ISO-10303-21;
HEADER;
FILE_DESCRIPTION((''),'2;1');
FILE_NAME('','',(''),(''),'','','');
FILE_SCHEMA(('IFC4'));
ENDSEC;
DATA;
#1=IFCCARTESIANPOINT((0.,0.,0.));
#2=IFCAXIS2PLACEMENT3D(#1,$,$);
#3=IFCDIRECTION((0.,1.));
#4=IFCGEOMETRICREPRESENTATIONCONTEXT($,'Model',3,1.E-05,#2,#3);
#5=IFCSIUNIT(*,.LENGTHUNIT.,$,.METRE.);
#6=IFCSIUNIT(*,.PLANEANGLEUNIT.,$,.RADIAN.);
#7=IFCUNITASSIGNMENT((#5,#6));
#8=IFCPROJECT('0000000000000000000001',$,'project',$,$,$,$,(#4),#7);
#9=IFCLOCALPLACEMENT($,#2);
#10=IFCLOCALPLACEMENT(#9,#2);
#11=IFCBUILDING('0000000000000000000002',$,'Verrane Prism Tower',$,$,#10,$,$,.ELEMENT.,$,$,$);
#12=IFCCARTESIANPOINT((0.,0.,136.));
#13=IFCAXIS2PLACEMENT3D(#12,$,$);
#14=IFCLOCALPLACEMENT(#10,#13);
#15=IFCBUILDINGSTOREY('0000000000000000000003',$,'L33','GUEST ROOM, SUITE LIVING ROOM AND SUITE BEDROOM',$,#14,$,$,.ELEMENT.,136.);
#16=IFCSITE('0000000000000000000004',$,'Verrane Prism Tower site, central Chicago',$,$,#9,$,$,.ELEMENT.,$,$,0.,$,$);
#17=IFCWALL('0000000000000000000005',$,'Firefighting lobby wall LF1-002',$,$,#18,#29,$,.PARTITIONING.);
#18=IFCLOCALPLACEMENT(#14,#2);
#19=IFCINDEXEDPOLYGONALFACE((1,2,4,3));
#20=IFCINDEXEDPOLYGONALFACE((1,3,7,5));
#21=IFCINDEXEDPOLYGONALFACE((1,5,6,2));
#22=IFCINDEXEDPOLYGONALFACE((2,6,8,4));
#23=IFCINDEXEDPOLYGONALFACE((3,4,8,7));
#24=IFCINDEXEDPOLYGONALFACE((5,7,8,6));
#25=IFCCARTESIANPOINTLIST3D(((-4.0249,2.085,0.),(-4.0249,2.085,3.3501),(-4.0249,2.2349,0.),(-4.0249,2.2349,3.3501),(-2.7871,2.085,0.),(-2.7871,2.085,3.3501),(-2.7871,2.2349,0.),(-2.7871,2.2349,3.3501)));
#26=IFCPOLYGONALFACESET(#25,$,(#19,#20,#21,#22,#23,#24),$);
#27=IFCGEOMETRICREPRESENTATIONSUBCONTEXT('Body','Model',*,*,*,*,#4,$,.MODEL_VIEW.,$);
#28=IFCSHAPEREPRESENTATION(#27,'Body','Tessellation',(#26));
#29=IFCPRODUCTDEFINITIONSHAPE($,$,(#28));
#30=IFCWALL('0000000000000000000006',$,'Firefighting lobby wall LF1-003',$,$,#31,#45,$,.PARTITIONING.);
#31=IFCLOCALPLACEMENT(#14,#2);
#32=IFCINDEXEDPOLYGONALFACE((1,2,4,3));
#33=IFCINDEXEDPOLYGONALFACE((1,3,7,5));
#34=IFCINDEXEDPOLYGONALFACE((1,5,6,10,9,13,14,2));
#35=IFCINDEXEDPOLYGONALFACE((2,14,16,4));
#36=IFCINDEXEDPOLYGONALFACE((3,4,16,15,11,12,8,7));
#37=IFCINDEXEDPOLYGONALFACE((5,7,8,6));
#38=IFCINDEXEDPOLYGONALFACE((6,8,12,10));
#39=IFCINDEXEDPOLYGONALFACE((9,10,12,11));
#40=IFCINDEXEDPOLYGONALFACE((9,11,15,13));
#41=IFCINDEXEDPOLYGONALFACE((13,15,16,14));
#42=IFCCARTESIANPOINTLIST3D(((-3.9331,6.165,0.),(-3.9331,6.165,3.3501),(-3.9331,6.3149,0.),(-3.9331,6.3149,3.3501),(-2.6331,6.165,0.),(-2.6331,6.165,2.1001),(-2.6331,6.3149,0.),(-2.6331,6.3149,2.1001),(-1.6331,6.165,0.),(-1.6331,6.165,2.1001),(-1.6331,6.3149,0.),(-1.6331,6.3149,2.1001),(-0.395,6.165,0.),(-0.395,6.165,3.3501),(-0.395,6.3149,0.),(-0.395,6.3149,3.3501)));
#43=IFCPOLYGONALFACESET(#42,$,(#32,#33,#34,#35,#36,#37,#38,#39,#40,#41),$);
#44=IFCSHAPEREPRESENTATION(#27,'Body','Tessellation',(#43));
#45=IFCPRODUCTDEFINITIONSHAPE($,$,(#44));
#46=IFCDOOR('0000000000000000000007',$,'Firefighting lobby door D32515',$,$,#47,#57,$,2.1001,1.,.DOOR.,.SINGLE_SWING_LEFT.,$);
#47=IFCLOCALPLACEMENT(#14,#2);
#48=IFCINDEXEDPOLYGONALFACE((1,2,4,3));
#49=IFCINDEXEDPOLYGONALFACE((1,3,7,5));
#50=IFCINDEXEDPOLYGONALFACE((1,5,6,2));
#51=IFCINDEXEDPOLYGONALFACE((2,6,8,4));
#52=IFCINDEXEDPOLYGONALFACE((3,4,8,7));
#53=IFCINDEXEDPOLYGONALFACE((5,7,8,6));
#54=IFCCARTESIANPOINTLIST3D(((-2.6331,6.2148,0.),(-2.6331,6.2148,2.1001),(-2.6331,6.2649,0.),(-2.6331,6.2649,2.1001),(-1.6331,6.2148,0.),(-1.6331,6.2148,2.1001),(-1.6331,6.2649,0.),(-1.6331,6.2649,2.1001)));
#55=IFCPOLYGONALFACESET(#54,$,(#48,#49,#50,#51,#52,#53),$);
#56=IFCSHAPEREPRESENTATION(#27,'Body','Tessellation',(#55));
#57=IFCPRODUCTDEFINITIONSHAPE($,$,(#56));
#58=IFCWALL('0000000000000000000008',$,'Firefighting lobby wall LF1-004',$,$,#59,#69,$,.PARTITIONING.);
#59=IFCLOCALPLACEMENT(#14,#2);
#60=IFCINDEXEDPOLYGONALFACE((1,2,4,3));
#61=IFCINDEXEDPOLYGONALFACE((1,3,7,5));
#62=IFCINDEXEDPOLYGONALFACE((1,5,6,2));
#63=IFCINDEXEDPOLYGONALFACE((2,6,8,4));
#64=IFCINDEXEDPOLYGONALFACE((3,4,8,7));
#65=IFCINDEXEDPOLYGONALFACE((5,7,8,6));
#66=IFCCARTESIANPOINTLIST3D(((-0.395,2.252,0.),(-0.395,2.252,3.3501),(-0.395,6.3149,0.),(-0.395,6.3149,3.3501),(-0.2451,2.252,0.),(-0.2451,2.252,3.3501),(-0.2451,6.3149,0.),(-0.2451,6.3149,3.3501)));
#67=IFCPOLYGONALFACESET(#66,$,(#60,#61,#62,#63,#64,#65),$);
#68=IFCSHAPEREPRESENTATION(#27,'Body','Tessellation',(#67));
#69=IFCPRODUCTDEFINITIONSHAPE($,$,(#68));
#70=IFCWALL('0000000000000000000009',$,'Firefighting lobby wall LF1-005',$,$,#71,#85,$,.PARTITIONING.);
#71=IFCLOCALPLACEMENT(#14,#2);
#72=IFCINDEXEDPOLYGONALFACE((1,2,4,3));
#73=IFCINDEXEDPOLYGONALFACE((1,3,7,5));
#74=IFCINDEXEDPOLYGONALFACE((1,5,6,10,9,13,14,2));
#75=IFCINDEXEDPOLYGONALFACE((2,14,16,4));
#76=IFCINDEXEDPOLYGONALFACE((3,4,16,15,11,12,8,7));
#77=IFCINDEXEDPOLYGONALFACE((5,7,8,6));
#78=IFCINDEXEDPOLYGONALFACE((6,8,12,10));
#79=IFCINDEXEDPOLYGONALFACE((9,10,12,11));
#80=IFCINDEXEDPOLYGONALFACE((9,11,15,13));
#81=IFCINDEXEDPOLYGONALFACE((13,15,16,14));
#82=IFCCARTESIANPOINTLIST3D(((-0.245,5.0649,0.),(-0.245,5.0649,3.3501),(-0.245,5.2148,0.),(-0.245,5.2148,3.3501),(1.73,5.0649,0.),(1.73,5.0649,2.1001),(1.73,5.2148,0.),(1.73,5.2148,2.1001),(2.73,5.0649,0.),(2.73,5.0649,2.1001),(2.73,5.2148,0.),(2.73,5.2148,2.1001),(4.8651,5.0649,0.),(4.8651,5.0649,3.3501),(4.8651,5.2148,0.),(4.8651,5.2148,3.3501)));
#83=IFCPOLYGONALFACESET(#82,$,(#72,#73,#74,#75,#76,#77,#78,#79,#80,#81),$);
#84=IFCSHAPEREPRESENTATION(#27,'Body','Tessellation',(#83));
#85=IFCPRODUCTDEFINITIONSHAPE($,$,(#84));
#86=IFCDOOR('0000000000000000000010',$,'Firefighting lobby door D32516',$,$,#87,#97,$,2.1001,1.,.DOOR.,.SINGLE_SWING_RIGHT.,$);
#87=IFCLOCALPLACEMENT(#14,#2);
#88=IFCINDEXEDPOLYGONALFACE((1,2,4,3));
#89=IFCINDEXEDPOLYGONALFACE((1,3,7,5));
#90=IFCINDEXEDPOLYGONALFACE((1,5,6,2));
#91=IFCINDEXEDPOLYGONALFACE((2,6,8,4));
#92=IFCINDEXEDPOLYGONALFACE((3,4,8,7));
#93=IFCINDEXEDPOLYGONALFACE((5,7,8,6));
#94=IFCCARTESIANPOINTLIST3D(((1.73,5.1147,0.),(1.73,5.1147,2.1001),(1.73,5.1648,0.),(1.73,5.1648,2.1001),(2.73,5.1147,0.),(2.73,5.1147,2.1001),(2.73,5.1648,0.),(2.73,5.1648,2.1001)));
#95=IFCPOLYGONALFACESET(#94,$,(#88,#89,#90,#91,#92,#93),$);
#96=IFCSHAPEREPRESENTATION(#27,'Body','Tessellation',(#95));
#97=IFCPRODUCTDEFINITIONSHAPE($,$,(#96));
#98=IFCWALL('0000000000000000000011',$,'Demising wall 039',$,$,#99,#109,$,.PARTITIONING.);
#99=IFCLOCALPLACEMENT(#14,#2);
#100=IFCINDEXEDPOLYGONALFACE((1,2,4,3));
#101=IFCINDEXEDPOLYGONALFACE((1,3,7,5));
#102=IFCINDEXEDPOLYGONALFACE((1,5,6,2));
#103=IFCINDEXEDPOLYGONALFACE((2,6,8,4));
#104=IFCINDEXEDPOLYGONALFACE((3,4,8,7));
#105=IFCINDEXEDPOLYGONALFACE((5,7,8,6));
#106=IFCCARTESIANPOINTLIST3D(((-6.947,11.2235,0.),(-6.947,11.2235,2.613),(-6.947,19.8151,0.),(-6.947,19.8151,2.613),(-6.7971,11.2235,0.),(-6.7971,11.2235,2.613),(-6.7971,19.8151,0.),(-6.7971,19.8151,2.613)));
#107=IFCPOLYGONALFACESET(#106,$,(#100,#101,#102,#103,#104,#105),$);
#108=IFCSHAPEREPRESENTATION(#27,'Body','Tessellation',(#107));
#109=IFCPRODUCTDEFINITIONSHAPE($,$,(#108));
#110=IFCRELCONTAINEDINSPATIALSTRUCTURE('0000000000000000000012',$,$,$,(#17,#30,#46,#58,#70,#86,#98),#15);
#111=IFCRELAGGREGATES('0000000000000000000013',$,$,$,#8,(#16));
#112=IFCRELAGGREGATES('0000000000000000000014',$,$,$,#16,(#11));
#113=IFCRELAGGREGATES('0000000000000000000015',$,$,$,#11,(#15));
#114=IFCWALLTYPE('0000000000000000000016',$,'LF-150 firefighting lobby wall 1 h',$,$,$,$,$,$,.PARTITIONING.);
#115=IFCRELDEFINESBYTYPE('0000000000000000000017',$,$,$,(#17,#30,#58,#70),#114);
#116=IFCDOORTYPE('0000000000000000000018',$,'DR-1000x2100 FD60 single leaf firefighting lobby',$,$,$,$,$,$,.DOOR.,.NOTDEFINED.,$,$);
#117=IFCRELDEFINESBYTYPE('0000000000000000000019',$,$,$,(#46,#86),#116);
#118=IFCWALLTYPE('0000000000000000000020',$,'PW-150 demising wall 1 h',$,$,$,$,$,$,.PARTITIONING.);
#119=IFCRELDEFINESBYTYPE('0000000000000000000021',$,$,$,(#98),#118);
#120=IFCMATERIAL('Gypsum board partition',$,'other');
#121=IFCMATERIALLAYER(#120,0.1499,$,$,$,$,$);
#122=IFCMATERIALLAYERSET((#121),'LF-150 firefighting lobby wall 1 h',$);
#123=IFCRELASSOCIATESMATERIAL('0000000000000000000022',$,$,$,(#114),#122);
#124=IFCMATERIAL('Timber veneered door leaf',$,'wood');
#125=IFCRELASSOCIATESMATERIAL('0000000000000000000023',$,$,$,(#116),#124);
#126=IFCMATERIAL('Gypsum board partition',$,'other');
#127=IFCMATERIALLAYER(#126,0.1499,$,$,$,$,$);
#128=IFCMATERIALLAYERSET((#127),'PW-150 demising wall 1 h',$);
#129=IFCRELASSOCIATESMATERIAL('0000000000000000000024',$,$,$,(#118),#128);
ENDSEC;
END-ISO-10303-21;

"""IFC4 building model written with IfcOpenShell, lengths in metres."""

from ifc_helpers import new_model, si_unit, direction, frame, frame_2d, origin, place, context, subcontext, project, spatial, rectangle, extrude, material, layer, layer_set, type_object, element, fill, save


model = new_model("IFC4")

# Units and contexts
model_context = context("Model", 3, precision=1e-05, world=origin(), true_north=direction((0.0, 1.0)))
body_context = subcontext(model_context, "Body", "Model", "MODEL_VIEW")
ifc_project = project(units=[si_unit("LENGTHUNIT", "METRE"), si_unit("PLANEANGLEUNIT", "RADIAN")], contexts=[model_context])

# Site, building, storey
site_placement = place(None, origin())
site = spatial("IfcSite", under=ifc_project, at=site_placement, Name="Verrane Prism Tower site, central Chicago", CompositionType="ELEMENT", RefElevation=0.0)
building_placement = place(site_placement, origin())
building = spatial("IfcBuilding", under=site, at=building_placement, Name="Verrane Prism Tower", CompositionType="ELEMENT")
storey_placement = place(building_placement, frame((0.0, 0.0, 136.0)))
storey = spatial("IfcBuildingStorey", under=building, at=storey_placement, Name="L33", Description="GUEST ROOM, SUITE LIVING ROOM AND SUITE BEDROOM", CompositionType="ELEMENT", Elevation=136.0)

# Wall
ifc_material_1 = material(Name="Gypsum board partition", Category="other")
ifc_layer_1 = layer(ifc_material_1, 0.1499)
ifc_layer_set_1 = layer_set([ifc_layer_1], Name="LF-150 firefighting lobby wall 1 h")
wall_type_1 = type_object("IfcWallType", Name="LF-150 firefighting lobby wall 1 h", PredefinedType="PARTITIONING", material=ifc_layer_set_1)
wall_1_placement = place(storey_placement, frame((-4.0249, 2.1599, 0.0), z_axis=(0.0, 0.0, 1.0), x_axis=(1.0, 0.0, 0.0)))
element("IfcWall", 1, at=wall_1_placement, inside=storey, type_object=wall_type_1, Name="Firefighting lobby wall LF1-002", PredefinedType="PARTITIONING", context=body_context, shape_type="SweptSolid", body=[
    extrude(rectangle(XDim=1.2378, YDim=0.1499, at=frame_2d((0.6189, 0.0))), origin(), (0.0, 0.0, 1.0), 3.3501),
])

# Wall, opening, door
wall_2_placement = place(storey_placement, frame((-3.9331, 6.24, 0.0), z_axis=(0.0, 0.0, 1.0), x_axis=(1.0, 0.0, 0.0)))
wall_2 = element("IfcWall", 2, at=wall_2_placement, inside=storey, type_object=wall_type_1, Name="Firefighting lobby wall LF1-003", PredefinedType="PARTITIONING", context=body_context, shape_type="SweptSolid", body=[
    extrude(rectangle(XDim=3.5381, YDim=0.1499, at=frame_2d((1.769, 0.0))), origin(), (0.0, 0.0, 1.0), 3.3501),
])
opening_1_placement = place(wall_2_placement, frame((1.3, 0.0, 0.0)))
opening_1 = element("IfcOpeningElement", 3, at=opening_1_placement, cuts=wall_2, PredefinedType="OPENING", context=body_context, shape_type="SweptSolid", body=[
    extrude(rectangle(XDim=1.0, YDim=2.1001, at=frame_2d((0.5, 1.05))), frame((0.0, 0.085, 0.0), z_axis=(0.0, -1.0, 0.0), x_axis=(1.0, 0.0, 0.0)), (0.0, 0.0, 1.0), 0.1699),
])
ifc_material_2 = material(Name="Timber veneered door leaf", Category="wood")
door_type = type_object("IfcDoorType", Name="DR-1000x2100 FD60 single leaf firefighting lobby", OperationType="NOTDEFINED", PredefinedType="DOOR", material=ifc_material_2)
door_1_placement = place(opening_1_placement, origin())
door_1 = element("IfcDoor", 4, at=door_1_placement, inside=storey, type_object=door_type, Name="Firefighting lobby door D32515", OperationType="SINGLE_SWING_LEFT", OverallHeight=2.1001, OverallWidth=1.0, PredefinedType="DOOR", context=body_context, shape_type="SweptSolid", body=[
    extrude(rectangle(XDim=1.0, YDim=2.1001, at=frame_2d((0.5, 1.05))), frame((0.0, 0.0249, 0.0), z_axis=(0.0, -1.0, 0.0), x_axis=(1.0, 0.0, 0.0)), (0.0, 0.0, 1.0), 0.05),
])
fill(opening_1, door_1)

# Wall
wall_3_placement = place(storey_placement, frame((-0.3201, 2.252, 0.0), z_axis=(0.0, 0.0, 1.0), x_axis=(0.0, 1.0, 0.0)))
element("IfcWall", 5, at=wall_3_placement, inside=storey, type_object=wall_type_1, Name="Firefighting lobby wall LF1-004", PredefinedType="PARTITIONING", context=body_context, shape_type="SweptSolid", body=[
    extrude(rectangle(XDim=4.063, YDim=0.1499, at=frame_2d((2.0315, 0.0))), origin(), (0.0, 0.0, 1.0), 3.3501),
])

# Wall, opening, door
wall_4_placement = place(storey_placement, frame((-0.2451, 5.1399, 0.0), z_axis=(0.0, 0.0, 1.0), x_axis=(1.0, 0.0, 0.0)))
wall_4 = element("IfcWall", 6, at=wall_4_placement, inside=storey, type_object=wall_type_1, Name="Firefighting lobby wall LF1-005", PredefinedType="PARTITIONING", context=body_context, shape_type="SweptSolid", body=[
    extrude(rectangle(XDim=5.1101, YDim=0.1499, at=frame_2d((2.5552, 0.0))), origin(), (0.0, 0.0, 1.0), 3.3501),
])
opening_2_placement = place(wall_4_placement, frame((1.9751, 0.0, 0.0)))
opening_2 = element("IfcOpeningElement", 7, at=opening_2_placement, cuts=wall_4, PredefinedType="OPENING", context=body_context, shape_type="SweptSolid", body=[
    extrude(rectangle(XDim=1.0, YDim=2.1001, at=frame_2d((0.5, 1.05))), frame((0.0, 0.085, 0.0), z_axis=(0.0, -1.0, 0.0), x_axis=(1.0, 0.0, 0.0)), (0.0, 0.0, 1.0), 0.1699),
])
door_2_placement = place(opening_2_placement, origin())
door_2 = element("IfcDoor", 8, at=door_2_placement, inside=storey, type_object=door_type, Name="Firefighting lobby door D32516", OperationType="SINGLE_SWING_RIGHT", OverallHeight=2.1001, OverallWidth=1.0, PredefinedType="DOOR", context=body_context, shape_type="SweptSolid", body=[
    extrude(rectangle(XDim=1.0, YDim=2.1001, at=frame_2d((0.5, 1.05))), frame((0.0, 0.0249, 0.0), z_axis=(0.0, -1.0, 0.0), x_axis=(1.0, 0.0, 0.0)), (0.0, 0.0, 1.0), 0.05),
])
fill(opening_2, door_2)

# Wall
ifc_material_3 = material(Name="Gypsum board partition", Category="other")
ifc_layer_2 = layer(ifc_material_3, 0.1499)
ifc_layer_set_2 = layer_set([ifc_layer_2], Name="PW-150 demising wall 1 h")
wall_type_2 = type_object("IfcWallType", Name="PW-150 demising wall 1 h", PredefinedType="PARTITIONING", material=ifc_layer_set_2)
wall_5_placement = place(storey_placement, frame((-6.8721, 11.2234, 0.0), z_axis=(0.0, 0.0, 1.0), x_axis=(0.0, 1.0, 0.0)))
element("IfcWall", 9, at=wall_5_placement, inside=storey, type_object=wall_type_2, Name="Demising wall 039", PredefinedType="PARTITIONING", context=body_context, shape_type="SweptSolid", body=[
    extrude(rectangle(XDim=8.5916, YDim=0.1499, at=frame_2d((4.2959, 0.0))), origin(), (0.0, 0.0, 1.0), 2.613),
])

save(model, "model.ifc")
